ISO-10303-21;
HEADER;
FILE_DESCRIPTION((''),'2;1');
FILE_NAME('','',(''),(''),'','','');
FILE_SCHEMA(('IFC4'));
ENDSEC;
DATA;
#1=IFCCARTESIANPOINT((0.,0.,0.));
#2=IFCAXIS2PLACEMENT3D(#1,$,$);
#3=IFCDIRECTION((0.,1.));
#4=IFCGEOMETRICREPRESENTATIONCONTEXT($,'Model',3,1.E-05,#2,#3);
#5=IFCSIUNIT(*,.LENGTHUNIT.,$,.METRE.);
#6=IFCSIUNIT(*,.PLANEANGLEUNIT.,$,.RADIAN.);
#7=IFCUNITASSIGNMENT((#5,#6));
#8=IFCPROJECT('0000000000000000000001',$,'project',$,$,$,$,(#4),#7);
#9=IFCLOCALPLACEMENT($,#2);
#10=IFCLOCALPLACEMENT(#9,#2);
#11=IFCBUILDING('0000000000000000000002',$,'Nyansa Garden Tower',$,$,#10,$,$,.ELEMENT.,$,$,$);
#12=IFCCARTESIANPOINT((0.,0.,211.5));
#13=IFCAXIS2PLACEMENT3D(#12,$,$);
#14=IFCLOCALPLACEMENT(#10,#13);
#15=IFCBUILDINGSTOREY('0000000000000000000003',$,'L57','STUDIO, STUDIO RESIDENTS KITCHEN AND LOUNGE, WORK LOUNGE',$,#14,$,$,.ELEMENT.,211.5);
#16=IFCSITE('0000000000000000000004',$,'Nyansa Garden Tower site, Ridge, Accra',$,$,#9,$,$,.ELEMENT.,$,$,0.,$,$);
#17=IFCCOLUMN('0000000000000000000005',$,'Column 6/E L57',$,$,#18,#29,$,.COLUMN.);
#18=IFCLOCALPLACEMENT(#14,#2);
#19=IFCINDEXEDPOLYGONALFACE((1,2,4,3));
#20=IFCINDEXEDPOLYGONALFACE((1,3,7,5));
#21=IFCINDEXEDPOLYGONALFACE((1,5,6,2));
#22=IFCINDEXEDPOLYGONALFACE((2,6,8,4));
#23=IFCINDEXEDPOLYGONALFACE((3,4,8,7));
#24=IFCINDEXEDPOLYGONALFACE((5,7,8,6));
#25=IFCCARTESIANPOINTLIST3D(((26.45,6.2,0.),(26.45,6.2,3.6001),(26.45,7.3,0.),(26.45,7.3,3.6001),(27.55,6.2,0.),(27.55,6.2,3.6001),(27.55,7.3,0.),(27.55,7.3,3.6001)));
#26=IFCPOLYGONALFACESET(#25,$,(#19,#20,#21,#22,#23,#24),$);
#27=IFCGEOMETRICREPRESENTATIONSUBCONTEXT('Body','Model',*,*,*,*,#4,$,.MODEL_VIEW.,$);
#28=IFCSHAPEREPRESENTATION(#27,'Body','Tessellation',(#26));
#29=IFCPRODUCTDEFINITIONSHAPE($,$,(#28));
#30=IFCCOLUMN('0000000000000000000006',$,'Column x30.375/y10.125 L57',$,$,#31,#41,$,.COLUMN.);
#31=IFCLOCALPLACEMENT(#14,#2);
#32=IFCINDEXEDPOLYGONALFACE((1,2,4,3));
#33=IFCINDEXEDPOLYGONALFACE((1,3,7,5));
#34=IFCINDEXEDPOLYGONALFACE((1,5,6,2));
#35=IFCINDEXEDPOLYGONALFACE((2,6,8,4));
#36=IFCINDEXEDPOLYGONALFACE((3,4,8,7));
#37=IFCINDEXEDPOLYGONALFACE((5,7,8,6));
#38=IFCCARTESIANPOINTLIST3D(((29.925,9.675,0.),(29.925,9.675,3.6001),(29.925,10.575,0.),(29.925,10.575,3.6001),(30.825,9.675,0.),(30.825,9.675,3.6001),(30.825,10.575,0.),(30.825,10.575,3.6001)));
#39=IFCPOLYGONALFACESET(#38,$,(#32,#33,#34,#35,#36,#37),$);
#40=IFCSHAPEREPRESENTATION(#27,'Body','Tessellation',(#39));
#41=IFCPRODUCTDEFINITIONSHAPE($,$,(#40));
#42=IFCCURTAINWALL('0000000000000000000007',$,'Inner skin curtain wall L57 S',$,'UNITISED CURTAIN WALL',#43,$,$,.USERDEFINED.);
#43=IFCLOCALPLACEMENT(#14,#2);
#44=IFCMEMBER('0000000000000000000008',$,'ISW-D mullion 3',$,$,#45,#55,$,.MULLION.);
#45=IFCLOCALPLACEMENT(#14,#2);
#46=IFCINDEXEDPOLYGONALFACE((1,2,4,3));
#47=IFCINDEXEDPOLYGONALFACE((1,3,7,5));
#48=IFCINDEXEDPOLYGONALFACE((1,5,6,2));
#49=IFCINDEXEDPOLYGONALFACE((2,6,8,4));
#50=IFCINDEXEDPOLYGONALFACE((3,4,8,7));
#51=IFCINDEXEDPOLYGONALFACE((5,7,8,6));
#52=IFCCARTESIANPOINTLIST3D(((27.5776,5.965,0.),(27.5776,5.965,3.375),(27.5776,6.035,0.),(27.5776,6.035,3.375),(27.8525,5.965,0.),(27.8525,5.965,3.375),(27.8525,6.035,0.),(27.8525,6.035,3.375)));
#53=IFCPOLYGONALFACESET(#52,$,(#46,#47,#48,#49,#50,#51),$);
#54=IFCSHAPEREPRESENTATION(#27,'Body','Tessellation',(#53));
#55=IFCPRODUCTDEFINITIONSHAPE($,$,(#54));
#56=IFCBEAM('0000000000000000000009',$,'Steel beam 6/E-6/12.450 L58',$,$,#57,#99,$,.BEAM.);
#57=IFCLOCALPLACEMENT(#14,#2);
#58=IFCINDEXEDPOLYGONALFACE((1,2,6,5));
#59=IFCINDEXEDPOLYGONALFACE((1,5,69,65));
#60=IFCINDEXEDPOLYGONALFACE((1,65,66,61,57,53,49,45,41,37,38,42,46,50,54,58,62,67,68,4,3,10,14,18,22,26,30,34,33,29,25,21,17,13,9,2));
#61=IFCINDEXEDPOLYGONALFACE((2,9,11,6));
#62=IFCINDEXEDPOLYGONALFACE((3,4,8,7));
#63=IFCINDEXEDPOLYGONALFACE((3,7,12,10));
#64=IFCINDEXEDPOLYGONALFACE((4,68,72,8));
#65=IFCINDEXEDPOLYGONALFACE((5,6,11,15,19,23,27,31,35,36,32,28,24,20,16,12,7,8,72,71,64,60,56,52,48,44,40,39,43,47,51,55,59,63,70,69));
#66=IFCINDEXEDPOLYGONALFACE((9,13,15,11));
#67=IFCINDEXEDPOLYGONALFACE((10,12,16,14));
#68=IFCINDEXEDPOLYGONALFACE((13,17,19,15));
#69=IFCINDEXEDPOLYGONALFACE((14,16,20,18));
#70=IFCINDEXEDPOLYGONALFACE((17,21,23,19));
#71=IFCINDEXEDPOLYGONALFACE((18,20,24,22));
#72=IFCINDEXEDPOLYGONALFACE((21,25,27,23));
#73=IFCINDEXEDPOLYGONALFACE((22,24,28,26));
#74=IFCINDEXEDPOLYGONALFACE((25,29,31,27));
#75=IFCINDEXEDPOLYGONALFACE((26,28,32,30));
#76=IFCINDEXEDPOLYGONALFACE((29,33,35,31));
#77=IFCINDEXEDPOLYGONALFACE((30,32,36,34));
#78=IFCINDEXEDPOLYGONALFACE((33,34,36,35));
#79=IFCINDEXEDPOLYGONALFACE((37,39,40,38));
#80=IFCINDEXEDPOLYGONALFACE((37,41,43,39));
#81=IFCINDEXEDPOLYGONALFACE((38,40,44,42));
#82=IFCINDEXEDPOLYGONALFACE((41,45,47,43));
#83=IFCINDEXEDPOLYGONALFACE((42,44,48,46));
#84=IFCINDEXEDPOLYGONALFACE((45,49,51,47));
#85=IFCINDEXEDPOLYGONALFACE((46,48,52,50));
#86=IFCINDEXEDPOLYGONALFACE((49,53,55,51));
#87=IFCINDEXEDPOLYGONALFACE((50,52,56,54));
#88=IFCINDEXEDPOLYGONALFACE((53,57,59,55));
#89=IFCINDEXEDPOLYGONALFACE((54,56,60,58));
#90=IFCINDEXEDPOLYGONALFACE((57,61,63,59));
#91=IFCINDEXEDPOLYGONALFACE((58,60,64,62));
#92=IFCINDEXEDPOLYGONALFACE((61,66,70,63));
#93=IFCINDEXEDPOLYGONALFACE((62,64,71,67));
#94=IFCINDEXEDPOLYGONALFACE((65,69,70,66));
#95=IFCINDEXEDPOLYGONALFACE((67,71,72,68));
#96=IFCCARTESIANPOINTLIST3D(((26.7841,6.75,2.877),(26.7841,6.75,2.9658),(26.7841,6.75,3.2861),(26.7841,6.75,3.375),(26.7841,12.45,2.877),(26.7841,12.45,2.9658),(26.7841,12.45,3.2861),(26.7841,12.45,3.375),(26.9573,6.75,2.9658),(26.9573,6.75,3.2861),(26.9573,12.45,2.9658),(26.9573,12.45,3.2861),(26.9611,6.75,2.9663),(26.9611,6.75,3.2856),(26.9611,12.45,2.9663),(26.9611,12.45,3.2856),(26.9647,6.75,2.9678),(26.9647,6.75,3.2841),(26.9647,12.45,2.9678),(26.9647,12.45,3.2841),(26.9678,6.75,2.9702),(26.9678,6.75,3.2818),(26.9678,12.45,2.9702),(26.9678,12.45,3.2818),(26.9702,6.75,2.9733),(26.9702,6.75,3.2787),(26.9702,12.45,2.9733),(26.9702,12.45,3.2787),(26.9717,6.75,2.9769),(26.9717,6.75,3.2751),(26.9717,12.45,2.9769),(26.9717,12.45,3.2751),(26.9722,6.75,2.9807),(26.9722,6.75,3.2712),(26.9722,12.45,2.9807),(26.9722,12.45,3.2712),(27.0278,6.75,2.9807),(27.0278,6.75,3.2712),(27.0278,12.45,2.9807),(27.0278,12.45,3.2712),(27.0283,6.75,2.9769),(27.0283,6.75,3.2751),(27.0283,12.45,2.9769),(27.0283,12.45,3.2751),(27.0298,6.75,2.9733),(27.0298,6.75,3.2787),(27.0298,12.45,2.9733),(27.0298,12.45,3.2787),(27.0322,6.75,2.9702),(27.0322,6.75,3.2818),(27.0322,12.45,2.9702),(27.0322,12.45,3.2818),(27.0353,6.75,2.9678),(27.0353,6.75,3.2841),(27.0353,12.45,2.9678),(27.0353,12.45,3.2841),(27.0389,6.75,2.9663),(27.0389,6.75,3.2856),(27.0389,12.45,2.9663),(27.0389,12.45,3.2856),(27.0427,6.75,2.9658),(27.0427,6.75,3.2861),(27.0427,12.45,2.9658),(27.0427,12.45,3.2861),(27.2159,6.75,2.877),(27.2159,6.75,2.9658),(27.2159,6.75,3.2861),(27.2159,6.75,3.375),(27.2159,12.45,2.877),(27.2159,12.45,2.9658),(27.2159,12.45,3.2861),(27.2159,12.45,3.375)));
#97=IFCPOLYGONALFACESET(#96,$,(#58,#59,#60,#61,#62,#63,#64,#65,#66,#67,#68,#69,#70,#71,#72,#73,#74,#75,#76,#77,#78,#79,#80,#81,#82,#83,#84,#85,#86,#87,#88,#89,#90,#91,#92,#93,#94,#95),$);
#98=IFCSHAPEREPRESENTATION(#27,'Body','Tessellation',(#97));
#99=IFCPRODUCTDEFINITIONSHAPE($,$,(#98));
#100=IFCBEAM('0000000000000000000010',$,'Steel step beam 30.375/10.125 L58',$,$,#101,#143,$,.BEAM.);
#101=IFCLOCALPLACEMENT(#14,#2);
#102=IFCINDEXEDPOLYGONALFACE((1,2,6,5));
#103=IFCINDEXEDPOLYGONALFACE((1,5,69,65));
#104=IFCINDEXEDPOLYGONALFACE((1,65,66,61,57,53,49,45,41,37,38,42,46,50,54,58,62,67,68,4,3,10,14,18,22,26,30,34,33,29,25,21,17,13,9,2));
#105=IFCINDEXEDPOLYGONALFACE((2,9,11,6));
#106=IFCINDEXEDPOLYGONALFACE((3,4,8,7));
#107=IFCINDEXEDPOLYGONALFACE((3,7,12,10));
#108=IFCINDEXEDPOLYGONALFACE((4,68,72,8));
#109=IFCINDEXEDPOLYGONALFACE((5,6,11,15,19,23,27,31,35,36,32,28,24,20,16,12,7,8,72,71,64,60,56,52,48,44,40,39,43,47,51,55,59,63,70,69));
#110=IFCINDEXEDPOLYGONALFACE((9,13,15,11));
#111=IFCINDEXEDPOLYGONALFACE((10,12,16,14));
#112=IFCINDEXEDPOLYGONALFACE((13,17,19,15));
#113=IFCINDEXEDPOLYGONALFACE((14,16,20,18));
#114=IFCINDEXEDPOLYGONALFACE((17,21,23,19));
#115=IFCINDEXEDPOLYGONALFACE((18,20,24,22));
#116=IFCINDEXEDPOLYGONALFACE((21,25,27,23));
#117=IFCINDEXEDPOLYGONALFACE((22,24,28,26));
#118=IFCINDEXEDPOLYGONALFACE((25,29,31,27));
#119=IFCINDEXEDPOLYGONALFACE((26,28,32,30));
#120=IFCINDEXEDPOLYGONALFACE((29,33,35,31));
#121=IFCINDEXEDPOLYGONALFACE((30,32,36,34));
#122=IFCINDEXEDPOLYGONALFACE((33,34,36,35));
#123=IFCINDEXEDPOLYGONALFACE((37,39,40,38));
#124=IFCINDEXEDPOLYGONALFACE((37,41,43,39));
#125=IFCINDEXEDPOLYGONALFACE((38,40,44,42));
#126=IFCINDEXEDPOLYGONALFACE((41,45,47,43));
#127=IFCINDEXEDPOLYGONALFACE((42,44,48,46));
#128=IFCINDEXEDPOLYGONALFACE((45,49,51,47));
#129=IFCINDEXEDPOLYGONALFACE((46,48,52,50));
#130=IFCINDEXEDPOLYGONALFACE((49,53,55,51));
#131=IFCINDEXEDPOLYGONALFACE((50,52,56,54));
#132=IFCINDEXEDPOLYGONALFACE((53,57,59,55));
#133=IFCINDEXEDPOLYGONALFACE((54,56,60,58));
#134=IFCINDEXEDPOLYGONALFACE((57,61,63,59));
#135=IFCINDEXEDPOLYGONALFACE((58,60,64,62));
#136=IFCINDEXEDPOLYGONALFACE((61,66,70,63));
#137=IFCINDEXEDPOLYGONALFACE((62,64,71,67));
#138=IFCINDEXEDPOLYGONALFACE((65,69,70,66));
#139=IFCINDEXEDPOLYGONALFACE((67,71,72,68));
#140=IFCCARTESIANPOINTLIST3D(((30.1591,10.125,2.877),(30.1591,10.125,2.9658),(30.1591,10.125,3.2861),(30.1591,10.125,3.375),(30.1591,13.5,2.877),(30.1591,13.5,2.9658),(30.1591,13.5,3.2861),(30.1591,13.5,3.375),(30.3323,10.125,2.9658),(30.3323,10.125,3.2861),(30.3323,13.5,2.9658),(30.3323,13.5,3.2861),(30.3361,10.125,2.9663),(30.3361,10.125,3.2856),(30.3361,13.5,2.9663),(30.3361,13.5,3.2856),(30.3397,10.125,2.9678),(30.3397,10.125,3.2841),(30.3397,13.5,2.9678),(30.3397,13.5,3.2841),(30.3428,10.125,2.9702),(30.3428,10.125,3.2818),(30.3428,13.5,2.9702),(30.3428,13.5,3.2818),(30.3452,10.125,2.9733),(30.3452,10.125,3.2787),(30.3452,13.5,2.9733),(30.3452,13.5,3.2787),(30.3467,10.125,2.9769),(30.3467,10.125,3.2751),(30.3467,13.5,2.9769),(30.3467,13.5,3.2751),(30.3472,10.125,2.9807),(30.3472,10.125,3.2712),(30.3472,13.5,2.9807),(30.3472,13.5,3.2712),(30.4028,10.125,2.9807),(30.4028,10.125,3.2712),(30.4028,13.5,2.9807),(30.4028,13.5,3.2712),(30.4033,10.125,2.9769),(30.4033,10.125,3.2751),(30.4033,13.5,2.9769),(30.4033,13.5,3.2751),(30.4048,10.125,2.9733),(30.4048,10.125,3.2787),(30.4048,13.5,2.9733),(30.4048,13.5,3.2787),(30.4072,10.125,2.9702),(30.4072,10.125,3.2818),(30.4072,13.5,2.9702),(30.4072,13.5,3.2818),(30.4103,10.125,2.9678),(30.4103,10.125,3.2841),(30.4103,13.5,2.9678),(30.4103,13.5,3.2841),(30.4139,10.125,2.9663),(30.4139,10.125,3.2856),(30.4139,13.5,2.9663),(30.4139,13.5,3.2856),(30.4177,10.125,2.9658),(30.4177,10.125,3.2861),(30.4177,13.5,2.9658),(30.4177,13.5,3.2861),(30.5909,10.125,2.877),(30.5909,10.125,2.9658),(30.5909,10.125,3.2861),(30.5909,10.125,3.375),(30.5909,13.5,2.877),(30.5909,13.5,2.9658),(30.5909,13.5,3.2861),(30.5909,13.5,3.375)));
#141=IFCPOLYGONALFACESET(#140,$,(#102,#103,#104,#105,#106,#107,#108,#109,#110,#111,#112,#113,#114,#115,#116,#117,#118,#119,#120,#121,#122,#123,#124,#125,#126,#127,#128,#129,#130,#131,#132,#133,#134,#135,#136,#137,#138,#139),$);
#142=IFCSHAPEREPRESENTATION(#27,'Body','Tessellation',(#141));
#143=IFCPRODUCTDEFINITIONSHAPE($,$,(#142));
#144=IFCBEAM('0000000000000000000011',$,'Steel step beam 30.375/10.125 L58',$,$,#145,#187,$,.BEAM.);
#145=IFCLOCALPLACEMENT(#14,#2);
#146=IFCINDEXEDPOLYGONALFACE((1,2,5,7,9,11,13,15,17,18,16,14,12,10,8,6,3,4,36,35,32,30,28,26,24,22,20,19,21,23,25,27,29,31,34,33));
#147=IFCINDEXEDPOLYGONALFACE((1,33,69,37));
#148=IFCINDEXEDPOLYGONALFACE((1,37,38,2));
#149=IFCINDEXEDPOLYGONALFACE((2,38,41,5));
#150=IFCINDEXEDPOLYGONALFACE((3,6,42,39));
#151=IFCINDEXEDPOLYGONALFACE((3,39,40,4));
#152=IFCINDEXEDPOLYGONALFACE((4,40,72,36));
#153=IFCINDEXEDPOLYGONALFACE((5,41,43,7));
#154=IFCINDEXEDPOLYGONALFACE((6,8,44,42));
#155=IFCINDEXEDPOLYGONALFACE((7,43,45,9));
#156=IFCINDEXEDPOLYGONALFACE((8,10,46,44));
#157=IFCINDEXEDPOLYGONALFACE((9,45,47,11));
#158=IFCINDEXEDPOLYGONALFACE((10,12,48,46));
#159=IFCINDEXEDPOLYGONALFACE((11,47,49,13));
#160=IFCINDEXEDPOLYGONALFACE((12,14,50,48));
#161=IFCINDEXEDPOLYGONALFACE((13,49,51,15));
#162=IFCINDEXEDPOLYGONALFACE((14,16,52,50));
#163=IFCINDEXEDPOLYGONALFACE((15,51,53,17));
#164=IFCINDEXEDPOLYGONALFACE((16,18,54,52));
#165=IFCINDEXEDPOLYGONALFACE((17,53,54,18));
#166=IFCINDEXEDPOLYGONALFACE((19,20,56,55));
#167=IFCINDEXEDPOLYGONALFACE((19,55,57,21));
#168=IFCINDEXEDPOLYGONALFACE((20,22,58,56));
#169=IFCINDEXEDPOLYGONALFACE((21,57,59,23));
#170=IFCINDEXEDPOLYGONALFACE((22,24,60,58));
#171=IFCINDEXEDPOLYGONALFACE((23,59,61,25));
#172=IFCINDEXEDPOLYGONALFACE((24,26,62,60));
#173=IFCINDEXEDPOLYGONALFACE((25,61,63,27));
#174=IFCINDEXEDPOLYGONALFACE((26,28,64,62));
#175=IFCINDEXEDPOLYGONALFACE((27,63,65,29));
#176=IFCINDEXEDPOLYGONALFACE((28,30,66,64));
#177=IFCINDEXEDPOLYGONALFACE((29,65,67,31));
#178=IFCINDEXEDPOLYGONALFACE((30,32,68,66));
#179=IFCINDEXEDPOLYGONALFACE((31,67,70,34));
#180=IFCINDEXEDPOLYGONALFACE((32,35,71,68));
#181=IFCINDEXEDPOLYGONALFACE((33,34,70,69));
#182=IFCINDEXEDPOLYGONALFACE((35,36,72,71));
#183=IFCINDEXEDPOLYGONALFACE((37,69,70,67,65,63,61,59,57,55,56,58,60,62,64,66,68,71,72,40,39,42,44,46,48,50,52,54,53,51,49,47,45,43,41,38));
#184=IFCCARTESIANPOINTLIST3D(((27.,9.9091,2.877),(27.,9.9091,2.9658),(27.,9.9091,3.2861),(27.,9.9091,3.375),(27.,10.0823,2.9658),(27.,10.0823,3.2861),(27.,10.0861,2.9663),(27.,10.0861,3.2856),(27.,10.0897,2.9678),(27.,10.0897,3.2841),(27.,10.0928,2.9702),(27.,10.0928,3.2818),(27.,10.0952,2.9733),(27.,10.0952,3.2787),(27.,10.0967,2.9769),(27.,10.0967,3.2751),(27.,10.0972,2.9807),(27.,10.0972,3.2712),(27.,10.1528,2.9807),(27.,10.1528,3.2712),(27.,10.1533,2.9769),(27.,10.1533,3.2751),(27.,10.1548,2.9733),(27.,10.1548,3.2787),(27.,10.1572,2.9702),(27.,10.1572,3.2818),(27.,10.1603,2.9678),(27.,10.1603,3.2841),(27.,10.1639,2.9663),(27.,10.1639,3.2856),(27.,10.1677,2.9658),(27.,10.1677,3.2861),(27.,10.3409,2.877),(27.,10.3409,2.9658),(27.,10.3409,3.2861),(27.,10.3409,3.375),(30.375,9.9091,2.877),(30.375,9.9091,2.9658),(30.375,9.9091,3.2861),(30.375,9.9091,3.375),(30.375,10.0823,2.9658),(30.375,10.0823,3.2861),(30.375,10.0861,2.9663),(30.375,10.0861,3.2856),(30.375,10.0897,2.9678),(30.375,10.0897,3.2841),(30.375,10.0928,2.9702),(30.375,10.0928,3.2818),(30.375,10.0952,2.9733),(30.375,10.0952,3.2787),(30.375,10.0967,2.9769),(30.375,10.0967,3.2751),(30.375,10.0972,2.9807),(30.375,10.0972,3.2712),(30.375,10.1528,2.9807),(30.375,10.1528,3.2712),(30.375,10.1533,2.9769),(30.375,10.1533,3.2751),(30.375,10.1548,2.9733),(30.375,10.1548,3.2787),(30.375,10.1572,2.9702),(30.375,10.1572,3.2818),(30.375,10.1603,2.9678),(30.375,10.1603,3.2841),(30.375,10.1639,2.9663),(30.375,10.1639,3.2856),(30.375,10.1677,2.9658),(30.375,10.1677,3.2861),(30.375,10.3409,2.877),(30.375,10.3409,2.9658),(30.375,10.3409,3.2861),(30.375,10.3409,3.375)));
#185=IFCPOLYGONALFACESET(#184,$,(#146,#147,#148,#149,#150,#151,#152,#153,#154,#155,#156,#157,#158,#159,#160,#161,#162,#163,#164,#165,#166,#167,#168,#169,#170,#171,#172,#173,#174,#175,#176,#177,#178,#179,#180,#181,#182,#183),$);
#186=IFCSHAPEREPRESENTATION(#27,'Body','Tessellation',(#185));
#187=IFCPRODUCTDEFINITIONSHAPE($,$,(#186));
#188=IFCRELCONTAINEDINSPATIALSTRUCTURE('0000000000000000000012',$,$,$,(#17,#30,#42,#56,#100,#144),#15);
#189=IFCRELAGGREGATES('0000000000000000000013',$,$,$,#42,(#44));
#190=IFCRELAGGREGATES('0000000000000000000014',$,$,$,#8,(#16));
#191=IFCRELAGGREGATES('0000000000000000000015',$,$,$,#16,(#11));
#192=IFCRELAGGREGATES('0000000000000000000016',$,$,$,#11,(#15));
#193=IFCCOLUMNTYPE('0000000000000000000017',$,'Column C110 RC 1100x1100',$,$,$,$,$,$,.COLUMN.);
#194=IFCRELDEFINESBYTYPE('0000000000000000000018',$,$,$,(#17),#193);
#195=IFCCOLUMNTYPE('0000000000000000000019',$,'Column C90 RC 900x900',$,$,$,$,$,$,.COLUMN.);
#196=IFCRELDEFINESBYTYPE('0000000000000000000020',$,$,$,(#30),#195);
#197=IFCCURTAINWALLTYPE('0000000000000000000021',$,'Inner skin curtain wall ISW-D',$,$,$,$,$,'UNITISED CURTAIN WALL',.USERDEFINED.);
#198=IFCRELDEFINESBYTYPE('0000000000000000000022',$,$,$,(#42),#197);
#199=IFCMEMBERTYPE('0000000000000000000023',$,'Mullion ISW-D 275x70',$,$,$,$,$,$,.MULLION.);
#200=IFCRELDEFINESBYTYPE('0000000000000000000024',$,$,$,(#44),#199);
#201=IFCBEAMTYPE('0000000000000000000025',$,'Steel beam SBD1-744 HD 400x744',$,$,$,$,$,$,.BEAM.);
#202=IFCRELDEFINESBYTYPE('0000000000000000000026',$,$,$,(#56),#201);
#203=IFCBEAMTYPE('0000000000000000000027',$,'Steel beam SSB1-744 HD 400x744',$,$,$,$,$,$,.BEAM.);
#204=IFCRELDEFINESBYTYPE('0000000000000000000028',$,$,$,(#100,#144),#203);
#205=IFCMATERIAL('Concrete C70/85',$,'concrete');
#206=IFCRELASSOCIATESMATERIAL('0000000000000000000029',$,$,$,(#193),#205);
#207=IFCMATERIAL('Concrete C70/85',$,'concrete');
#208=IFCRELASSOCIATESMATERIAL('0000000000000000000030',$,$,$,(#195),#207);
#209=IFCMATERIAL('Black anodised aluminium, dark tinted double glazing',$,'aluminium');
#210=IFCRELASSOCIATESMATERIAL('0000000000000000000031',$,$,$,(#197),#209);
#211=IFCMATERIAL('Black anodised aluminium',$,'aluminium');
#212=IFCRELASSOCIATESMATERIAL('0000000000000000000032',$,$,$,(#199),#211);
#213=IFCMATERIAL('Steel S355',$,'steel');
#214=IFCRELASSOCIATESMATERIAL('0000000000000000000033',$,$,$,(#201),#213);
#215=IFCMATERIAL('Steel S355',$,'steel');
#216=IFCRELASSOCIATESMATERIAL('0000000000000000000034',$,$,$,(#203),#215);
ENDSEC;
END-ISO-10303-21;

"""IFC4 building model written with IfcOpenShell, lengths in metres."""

from ifc_helpers import new_model, si_unit, direction, frame, origin, origin_2d, place, context, subcontext, project, spatial, rectangle, i_section, extrude, material, material_profile, profile_set, type_object, element, aggregate, save


model = new_model("IFC4")

# Units and contexts
model_context = context("Model", 3, precision=1e-05, world=origin(), true_north=direction((0.0, 1.0)))
body_context = subcontext(model_context, "Body", "Model", "MODEL_VIEW")
ifc_project = project(units=[si_unit("LENGTHUNIT", "METRE"), si_unit("PLANEANGLEUNIT", "RADIAN")], contexts=[model_context])

# Site, building, storey
site_placement = place(None, origin())
site = spatial("IfcSite", under=ifc_project, at=site_placement, Name="Nyansa Garden Tower site, Ridge, Accra", CompositionType="ELEMENT", RefElevation=0.0)
building_placement = place(site_placement, origin())
building = spatial("IfcBuilding", under=site, at=building_placement, Name="Nyansa Garden Tower", CompositionType="ELEMENT")
storey_placement = place(building_placement, frame((0.0, 0.0, 211.5)))
storey = spatial("IfcBuildingStorey", under=building, at=storey_placement, Name="L57", Description="STUDIO, STUDIO RESIDENTS KITCHEN AND LOUNGE, WORK LOUNGE", CompositionType="ELEMENT", Elevation=211.5)

# Columns
ifc_material_1 = material(Name="Concrete C70/85", Category="concrete")
ifc_material_profile_1 = material_profile(ifc_material_1, rectangle(XDim=1.1001, YDim=1.1001, at=origin_2d()), Name="RC 1100x1100")
ifc_profile_set_1 = profile_set([ifc_material_profile_1], Name="Concrete C70/85")
column_type_1 = type_object("IfcColumnType", Name="Column C110 RC 1100x1100", PredefinedType="COLUMN", material=ifc_profile_set_1)
column_1_placement = place(storey_placement, frame((27.0, 6.75, 0.0), z_axis=(0.0, 0.0, 1.0), x_axis=(1.0, 0.0, 0.0)))
element("IfcColumn", 1, at=column_1_placement, inside=storey, type_object=column_type_1, Name="Column 6/E L57", PredefinedType="COLUMN", context=body_context, shape_type="SweptSolid", body=[
    extrude(rectangle(XDim=1.1001, YDim=1.1001, at=origin_2d()), origin(), (0.0, 0.0, 1.0), 3.6001),
])
ifc_material_2 = material(Name="Concrete C70/85", Category="concrete")
ifc_material_profile_2 = material_profile(ifc_material_2, rectangle(XDim=0.8999, YDim=0.8999, at=origin_2d()), Name="RC 900x900")
ifc_profile_set_2 = profile_set([ifc_material_profile_2], Name="Concrete C70/85")
column_type_2 = type_object("IfcColumnType", Name="Column C90 RC 900x900", PredefinedType="COLUMN", material=ifc_profile_set_2)
column_2_placement = place(storey_placement, frame((30.375, 10.125, 0.0), z_axis=(0.0, 0.0, 1.0), x_axis=(1.0, 0.0, 0.0)))
element("IfcColumn", 2, at=column_2_placement, inside=storey, type_object=column_type_2, Name="Column x30.375/y10.125 L57", PredefinedType="COLUMN", context=body_context, shape_type="SweptSolid", body=[
    extrude(rectangle(XDim=0.8999, YDim=0.8999, at=origin_2d()), origin(), (0.0, 0.0, 1.0), 3.6001),
])

# Curtain wall, member
ifc_material_3 = material(Name="Black anodised aluminium, dark tinted double glazing", Category="aluminium")
curtain_wall_type = type_object("IfcCurtainWallType", Name="Inner skin curtain wall ISW-D", ElementType="UNITISED CURTAIN WALL", PredefinedType="USERDEFINED", material=ifc_material_3)
curtain_wall_placement = place(storey_placement, origin())
curtain_wall = element("IfcCurtainWall", 3, at=curtain_wall_placement, inside=storey, type_object=curtain_wall_type, Name="Inner skin curtain wall L57 S", ObjectType="UNITISED CURTAIN WALL", PredefinedType="USERDEFINED")
ifc_material_4 = material(Name="Black anodised aluminium", Category="aluminium")
ifc_material_profile_3 = material_profile(ifc_material_4, rectangle(XDim=0.0701, YDim=0.2749, at=origin_2d()), Name="Mullion 275x70")
ifc_profile_set_3 = profile_set([ifc_material_profile_3], Name="Black anodised aluminium")
member_type = type_object("IfcMemberType", Name="Mullion ISW-D 275x70", PredefinedType="MULLION", material=ifc_profile_set_3)
member_placement = place(storey_placement, frame((27.7151, 6.0, 0.0), z_axis=(0.0, 0.0, 1.0), x_axis=(0.0, 1.0, 0.0)))
member = element("IfcMember", 4, at=member_placement, type_object=member_type, Name="ISW-D mullion 3", PredefinedType="MULLION", context=body_context, shape_type="SweptSolid", body=[
    extrude(rectangle(XDim=0.0701, YDim=0.2749, at=origin_2d()), origin(), (0.0, 0.0, 1.0), 3.375),
])
aggregate(curtain_wall, [member])

# Beams
ifc_material_5 = material(Name="Steel S355", Category="steel")
ifc_material_profile_4 = material_profile(ifc_material_5, i_section(OverallWidth=0.4319, OverallDepth=0.498, WebThickness=0.0557, FlangeThickness=0.0889, FilletRadius=0.0149, at=origin_2d()), Name="HD 400x744")
ifc_profile_set_4 = profile_set([ifc_material_profile_4], Name="Steel S355")
beam_type_1 = type_object("IfcBeamType", Name="Steel beam SBD1-744 HD 400x744", PredefinedType="BEAM", material=ifc_profile_set_4)
beam_placement = place(storey_placement, frame((27.0, 6.75, 3.126), z_axis=(0.0, 1.0, 0.0), x_axis=(-1.0, 0.0, 0.0)))
element("IfcBeam", 5, at=beam_placement, inside=storey, type_object=beam_type_1, Name="Steel beam 6/E-6/12.450 L58", PredefinedType="BEAM", context=body_context, shape_type="SweptSolid", body=[
    extrude(i_section(OverallWidth=0.4319, OverallDepth=0.498, WebThickness=0.0557, FlangeThickness=0.0889, FilletRadius=0.0149, at=origin_2d()), origin(), (0.0, 0.0, 1.0), 5.7),
])
ifc_material_6 = material(Name="Steel S355", Category="steel")
ifc_material_profile_5 = material_profile(ifc_material_6, i_section(OverallWidth=0.4319, OverallDepth=0.498, WebThickness=0.0557, FlangeThickness=0.0889, FilletRadius=0.0149, at=origin_2d()), Name="HD 400x744")
ifc_profile_set_5 = profile_set([ifc_material_profile_5], Name="Steel S355")
beam_type_2 = type_object("IfcBeamType", Name="Steel beam SSB1-744 HD 400x744", PredefinedType="BEAM", material=ifc_profile_set_5)
for number, where, z_axis, x_axis, name in (
    (6, (30.375, 10.125, 3.126), (0.0, 1.0, 0.0), (-1.0, 0.0, 0.0), "Steel step beam 30.375/10.125 L58"),
    (7, (30.375, 10.125, 3.126), (-1.0, 0.0, 0.0), (0.0, -1.0, 0.0), "Steel step beam 30.375/10.125 L58"),
):
    element("IfcBeam", number, at=place(storey_placement, frame(where, z_axis=z_axis, x_axis=x_axis)), inside=storey, type_object=beam_type_2, Name=name, PredefinedType="BEAM", context=body_context, shape_type="SweptSolid", body=[
        extrude(i_section(OverallWidth=0.4319, OverallDepth=0.498, WebThickness=0.0557, FlangeThickness=0.0889, FilletRadius=0.0149, at=origin_2d()), origin(), (0.0, 0.0, 1.0), 3.375),
    ])

save(model, "model.ifc")
